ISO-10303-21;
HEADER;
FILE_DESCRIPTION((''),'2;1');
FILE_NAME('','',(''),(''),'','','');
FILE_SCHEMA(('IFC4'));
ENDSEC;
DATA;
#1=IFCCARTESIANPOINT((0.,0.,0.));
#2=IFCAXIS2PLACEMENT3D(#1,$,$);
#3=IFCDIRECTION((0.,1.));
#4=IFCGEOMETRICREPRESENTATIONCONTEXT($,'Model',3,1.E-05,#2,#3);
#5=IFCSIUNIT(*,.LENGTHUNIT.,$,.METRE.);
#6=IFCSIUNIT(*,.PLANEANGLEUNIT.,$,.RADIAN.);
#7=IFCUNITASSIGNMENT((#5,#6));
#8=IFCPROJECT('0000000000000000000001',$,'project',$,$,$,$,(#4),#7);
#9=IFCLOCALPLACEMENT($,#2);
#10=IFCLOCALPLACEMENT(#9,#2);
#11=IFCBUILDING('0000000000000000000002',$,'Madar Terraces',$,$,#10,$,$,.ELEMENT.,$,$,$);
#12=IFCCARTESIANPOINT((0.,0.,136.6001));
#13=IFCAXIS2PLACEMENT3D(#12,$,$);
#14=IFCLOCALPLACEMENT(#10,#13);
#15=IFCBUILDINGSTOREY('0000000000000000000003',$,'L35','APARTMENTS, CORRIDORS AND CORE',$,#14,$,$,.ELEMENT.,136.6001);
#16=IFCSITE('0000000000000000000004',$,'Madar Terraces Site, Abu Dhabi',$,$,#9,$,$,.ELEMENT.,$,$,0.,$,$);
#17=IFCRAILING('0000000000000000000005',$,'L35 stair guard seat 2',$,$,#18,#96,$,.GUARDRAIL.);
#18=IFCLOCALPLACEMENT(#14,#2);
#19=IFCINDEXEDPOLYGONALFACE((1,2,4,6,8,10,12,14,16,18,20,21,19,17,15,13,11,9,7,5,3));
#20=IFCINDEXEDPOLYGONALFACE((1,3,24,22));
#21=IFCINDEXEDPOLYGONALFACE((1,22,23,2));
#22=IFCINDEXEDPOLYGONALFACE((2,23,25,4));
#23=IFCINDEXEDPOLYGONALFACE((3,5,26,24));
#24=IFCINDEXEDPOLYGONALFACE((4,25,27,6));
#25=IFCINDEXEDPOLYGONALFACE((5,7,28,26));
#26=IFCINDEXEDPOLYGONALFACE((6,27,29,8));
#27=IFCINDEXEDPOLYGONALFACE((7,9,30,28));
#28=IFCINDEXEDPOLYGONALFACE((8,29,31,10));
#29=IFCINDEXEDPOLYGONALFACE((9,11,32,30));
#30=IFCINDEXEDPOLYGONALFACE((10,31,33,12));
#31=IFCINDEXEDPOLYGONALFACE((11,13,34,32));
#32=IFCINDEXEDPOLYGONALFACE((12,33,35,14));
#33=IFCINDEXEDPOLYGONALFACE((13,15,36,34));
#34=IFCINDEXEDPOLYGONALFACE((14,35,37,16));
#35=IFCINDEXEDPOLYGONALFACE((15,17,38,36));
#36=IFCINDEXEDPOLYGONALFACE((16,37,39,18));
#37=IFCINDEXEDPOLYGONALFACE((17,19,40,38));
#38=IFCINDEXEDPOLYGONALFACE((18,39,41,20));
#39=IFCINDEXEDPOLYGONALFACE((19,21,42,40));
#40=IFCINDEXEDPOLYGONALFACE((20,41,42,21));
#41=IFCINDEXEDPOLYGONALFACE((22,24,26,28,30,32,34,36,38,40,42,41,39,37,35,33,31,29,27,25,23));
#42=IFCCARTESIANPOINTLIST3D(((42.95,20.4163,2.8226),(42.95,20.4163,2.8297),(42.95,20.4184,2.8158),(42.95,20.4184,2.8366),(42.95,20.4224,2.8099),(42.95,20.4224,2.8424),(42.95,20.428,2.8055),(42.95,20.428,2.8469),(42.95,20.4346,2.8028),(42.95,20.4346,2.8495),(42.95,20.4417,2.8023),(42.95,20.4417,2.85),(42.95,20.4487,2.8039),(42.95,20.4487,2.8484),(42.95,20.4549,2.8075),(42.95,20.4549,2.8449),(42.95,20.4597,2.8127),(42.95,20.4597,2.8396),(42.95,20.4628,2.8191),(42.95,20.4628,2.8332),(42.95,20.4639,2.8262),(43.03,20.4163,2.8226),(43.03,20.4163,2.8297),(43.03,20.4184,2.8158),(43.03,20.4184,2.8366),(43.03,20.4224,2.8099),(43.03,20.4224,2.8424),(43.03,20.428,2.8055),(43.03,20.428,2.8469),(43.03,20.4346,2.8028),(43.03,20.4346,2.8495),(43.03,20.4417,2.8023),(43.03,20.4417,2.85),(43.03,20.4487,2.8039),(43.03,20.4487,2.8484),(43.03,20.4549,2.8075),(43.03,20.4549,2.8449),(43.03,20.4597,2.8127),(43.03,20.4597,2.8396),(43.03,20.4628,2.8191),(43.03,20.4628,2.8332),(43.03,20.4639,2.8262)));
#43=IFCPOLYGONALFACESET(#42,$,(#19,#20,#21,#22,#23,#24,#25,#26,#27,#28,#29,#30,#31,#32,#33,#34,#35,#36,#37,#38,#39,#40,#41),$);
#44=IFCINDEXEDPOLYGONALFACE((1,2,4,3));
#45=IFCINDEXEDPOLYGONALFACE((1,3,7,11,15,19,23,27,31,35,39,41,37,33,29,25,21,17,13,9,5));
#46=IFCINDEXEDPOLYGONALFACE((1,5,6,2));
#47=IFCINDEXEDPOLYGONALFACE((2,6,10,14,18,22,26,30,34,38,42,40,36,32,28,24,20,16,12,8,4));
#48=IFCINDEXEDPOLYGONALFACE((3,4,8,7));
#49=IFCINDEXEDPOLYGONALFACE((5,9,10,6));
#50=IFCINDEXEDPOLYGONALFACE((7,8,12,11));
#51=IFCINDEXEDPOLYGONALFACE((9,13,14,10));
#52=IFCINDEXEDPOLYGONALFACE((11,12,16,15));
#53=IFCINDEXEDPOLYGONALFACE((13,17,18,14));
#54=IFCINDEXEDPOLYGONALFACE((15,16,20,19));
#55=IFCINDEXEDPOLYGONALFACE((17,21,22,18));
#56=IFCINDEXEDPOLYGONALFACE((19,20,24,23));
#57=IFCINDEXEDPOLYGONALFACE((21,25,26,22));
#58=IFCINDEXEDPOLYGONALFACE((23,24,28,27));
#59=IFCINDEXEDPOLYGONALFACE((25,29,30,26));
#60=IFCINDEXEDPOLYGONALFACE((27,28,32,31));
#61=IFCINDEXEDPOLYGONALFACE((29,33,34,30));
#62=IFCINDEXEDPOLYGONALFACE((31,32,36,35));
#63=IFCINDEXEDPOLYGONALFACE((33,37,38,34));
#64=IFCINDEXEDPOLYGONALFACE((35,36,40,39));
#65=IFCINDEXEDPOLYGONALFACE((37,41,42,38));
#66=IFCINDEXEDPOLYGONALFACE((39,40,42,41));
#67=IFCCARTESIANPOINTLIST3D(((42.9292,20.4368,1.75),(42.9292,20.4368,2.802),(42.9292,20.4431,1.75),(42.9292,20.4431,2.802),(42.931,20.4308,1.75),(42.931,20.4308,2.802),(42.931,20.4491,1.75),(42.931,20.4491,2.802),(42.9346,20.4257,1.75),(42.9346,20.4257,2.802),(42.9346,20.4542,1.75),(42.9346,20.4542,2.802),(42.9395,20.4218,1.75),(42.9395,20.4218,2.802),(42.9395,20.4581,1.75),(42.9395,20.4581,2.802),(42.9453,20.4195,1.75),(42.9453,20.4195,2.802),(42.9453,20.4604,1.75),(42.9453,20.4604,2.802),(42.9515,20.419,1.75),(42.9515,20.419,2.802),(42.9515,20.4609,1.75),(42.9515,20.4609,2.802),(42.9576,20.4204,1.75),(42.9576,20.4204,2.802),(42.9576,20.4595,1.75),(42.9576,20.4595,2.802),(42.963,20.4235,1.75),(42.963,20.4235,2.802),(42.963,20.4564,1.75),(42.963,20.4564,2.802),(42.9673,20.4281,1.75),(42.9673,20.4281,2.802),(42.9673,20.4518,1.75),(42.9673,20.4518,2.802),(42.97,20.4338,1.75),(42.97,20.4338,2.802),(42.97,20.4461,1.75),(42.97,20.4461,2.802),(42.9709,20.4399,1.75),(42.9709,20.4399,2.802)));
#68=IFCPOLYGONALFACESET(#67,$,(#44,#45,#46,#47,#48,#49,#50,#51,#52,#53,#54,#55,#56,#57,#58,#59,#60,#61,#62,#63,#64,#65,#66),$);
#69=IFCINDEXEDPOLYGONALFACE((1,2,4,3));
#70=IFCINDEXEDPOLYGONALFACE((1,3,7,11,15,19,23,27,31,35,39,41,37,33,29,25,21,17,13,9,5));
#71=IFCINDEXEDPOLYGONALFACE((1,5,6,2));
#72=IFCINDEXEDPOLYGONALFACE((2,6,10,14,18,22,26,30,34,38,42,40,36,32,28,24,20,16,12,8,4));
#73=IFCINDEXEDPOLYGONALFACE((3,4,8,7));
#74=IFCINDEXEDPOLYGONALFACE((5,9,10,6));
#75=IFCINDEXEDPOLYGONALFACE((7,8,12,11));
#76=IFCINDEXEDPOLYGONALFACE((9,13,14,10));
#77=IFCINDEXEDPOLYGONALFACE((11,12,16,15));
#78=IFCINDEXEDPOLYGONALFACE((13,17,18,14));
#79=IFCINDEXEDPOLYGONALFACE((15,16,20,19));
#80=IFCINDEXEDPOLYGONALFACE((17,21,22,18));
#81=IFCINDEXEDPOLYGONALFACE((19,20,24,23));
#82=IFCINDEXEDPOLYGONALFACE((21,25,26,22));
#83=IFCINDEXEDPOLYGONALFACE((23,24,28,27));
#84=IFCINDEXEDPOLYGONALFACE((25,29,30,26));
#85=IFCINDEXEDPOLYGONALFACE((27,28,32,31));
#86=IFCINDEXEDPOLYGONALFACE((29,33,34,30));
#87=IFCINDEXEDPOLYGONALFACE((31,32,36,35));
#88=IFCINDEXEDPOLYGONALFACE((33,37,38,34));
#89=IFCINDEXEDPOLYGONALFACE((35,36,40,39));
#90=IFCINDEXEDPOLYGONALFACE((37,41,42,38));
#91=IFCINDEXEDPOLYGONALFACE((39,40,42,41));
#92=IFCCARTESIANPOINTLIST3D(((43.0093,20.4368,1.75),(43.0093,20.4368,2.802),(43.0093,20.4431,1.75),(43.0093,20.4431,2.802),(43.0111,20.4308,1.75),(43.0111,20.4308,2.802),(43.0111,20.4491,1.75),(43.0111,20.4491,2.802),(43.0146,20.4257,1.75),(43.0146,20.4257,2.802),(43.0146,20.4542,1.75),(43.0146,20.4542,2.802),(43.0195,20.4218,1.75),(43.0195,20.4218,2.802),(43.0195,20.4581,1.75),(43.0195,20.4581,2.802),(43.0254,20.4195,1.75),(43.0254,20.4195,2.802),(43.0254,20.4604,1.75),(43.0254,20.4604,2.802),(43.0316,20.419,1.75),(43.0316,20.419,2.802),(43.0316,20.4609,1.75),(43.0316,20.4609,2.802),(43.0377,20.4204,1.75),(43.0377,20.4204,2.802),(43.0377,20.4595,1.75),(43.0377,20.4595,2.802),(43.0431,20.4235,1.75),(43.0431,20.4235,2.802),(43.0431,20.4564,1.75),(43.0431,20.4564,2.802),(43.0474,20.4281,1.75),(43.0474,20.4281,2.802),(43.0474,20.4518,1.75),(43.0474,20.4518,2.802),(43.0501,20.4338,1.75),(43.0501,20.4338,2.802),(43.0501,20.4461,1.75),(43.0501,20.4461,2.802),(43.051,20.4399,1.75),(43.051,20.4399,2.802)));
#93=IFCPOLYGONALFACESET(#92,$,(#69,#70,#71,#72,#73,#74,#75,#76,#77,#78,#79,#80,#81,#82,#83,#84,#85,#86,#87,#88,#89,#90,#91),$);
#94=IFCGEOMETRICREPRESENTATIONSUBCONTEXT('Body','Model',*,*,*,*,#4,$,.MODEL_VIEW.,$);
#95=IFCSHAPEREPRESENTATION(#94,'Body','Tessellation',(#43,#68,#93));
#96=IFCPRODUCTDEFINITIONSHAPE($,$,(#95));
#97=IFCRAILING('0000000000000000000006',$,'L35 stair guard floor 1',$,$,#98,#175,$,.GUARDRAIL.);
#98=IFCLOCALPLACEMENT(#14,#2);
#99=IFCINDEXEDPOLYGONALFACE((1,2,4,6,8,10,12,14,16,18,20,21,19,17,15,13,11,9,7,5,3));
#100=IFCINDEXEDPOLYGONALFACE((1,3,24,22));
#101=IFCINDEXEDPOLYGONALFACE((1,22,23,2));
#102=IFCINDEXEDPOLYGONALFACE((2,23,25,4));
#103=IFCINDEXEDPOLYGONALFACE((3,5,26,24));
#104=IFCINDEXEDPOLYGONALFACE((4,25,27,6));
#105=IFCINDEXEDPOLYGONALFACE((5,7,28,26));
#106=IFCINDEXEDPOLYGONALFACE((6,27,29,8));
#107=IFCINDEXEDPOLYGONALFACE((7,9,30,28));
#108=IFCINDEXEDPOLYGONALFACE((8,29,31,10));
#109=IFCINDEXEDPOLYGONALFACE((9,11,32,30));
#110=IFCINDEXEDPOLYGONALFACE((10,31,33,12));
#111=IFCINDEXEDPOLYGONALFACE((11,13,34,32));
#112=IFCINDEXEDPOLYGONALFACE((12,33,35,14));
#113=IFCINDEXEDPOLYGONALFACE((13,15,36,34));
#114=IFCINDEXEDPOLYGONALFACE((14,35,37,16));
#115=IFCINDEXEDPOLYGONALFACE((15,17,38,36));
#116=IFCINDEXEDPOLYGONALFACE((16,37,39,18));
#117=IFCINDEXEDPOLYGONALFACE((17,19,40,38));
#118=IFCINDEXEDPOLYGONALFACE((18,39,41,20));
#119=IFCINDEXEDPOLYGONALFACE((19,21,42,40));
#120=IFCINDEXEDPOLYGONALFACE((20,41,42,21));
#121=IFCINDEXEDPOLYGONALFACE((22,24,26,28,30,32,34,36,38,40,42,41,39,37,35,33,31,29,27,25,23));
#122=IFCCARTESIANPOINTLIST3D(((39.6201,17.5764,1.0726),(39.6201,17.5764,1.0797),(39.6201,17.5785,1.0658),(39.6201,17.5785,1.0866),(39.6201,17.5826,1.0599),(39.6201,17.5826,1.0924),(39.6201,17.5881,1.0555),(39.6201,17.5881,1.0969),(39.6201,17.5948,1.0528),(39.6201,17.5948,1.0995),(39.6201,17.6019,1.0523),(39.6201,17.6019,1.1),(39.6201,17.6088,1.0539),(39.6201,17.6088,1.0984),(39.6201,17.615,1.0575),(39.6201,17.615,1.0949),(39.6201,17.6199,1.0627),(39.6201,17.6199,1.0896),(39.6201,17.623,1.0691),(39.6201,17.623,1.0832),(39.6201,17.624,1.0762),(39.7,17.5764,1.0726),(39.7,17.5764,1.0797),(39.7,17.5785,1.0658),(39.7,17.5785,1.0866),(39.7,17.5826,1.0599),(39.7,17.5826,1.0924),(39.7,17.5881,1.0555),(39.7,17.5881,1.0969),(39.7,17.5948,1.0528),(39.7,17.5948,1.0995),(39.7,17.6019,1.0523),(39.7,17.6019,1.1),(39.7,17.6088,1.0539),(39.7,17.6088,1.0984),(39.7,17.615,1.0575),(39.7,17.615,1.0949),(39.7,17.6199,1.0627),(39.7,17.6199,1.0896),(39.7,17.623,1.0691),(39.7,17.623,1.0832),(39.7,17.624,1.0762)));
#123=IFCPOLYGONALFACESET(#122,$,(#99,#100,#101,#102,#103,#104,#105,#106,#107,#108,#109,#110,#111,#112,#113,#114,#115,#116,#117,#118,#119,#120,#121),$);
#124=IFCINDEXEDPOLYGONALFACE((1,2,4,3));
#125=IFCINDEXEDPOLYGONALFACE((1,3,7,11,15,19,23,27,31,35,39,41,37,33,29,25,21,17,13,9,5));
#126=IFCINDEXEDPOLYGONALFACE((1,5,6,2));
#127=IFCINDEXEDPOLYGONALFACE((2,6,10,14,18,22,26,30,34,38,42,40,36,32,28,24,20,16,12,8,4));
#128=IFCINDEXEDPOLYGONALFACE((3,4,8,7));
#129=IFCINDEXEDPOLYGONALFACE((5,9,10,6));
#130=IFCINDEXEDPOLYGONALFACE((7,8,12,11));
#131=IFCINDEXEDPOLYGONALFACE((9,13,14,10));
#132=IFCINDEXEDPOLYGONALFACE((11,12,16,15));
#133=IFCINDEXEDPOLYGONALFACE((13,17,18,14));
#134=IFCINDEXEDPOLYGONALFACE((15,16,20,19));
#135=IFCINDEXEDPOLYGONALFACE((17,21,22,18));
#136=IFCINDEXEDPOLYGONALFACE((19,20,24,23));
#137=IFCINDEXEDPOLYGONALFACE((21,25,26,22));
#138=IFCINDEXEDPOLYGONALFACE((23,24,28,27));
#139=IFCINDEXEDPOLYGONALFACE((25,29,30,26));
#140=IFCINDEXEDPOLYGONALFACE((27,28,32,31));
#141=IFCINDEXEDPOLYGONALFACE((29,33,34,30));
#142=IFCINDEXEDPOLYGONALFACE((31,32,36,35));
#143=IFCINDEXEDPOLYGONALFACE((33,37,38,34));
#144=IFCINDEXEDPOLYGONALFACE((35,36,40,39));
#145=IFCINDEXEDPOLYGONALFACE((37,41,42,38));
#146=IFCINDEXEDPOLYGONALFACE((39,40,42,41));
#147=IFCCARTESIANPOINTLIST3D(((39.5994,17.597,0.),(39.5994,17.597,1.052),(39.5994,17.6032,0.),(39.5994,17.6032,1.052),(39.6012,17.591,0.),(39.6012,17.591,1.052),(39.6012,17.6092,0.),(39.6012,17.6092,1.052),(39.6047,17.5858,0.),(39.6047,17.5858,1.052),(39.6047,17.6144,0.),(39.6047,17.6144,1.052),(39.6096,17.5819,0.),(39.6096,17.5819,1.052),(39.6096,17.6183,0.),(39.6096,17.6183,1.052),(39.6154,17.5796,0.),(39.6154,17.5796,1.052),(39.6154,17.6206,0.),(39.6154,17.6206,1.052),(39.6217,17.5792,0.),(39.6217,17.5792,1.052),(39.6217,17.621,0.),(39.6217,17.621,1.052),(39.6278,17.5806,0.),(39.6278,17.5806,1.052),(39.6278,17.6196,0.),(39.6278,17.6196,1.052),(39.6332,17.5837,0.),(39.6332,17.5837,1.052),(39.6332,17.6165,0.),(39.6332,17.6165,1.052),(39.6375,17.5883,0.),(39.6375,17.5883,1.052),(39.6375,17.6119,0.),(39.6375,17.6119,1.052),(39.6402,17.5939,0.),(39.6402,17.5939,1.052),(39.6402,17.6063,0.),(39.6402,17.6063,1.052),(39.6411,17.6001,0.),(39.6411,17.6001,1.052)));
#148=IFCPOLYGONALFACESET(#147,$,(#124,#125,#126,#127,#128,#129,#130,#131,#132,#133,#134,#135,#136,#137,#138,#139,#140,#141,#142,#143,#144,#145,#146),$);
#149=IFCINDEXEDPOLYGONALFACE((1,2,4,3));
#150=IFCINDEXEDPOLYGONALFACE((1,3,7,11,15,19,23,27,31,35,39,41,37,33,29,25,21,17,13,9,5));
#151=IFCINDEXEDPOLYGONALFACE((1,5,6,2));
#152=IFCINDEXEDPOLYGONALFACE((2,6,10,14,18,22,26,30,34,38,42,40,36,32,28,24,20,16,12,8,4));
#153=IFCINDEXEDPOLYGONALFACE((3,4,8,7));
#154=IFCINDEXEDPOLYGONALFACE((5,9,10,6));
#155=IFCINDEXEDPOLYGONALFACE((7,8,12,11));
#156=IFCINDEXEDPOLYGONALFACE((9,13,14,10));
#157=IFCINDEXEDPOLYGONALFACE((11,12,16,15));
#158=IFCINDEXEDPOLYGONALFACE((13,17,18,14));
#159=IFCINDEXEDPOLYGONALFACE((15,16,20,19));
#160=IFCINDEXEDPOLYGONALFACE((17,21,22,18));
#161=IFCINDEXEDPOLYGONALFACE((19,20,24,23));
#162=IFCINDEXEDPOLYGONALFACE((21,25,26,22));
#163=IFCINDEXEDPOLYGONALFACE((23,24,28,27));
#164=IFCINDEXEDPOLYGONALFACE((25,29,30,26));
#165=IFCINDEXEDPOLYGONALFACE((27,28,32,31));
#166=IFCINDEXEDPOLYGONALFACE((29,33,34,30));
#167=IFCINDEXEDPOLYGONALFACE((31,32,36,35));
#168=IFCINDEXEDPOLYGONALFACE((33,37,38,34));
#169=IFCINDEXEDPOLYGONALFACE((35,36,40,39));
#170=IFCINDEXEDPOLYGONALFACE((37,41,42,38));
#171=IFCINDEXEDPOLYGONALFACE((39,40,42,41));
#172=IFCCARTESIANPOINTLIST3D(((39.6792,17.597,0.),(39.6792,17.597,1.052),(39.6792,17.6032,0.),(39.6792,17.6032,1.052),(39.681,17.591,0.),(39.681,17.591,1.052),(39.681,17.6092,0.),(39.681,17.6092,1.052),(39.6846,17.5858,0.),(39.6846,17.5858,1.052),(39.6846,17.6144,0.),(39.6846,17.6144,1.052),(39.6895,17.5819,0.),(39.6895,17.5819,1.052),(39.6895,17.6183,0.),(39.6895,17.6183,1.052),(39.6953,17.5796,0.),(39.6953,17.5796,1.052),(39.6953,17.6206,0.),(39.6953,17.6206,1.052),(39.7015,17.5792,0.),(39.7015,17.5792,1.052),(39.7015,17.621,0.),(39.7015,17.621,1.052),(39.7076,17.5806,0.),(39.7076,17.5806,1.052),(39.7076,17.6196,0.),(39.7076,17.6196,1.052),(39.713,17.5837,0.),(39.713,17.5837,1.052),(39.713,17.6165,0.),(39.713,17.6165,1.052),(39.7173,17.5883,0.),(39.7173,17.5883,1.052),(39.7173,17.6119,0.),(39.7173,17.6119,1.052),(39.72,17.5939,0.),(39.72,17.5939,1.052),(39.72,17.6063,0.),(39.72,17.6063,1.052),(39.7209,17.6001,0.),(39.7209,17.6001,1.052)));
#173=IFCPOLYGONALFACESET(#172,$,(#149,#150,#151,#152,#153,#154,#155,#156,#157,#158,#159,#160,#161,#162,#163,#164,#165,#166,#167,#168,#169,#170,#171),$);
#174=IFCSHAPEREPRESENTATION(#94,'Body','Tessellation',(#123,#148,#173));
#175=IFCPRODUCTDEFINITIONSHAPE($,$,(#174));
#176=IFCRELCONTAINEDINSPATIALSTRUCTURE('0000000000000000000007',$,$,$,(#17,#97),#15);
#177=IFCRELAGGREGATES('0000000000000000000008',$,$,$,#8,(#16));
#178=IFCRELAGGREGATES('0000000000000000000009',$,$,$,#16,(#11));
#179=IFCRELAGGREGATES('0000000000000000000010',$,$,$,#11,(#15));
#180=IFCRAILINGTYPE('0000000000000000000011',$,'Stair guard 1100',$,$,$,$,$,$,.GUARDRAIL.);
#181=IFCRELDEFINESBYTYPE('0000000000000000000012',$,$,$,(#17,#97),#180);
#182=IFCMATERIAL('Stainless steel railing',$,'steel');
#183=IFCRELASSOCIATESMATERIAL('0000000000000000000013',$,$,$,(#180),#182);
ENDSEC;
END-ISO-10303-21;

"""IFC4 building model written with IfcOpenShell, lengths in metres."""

from ifc_helpers import new_model, si_unit, direction, frame, origin, origin_2d, place, context, subcontext, project, spatial, circle, extrude, material, type_object, element, save


model = new_model("IFC4")

# Units and contexts
model_context = context("Model", 3, precision=1e-05, world=origin(), true_north=direction((0.0, 1.0)))
body_context = subcontext(model_context, "Body", "Model", "MODEL_VIEW")
ifc_project = project(units=[si_unit("LENGTHUNIT", "METRE"), si_unit("PLANEANGLEUNIT", "RADIAN")], contexts=[model_context])

# Site, building, storey
site_placement = place(None, origin())
site = spatial("IfcSite", under=ifc_project, at=site_placement, Name="Madar Terraces Site, Abu Dhabi", CompositionType="ELEMENT", RefElevation=0.0)
building_placement = place(site_placement, origin())
building = spatial("IfcBuilding", under=site, at=building_placement, Name="Madar Terraces", CompositionType="ELEMENT")
storey_placement = place(building_placement, frame((0.0, 0.0, 136.6001)))
storey = spatial("IfcBuildingStorey", under=building, at=storey_placement, Name="L35", Description="APARTMENTS, CORRIDORS AND CORE", CompositionType="ELEMENT", Elevation=136.6001)

# Railings
ifc_material_1 = material(Name="Stainless steel railing", Category="steel")
railing_type_1 = type_object("IfcRailingType", Name="Stair guard 1100", PredefinedType="GUARDRAIL", material=ifc_material_1)
railing_1_placement = place(storey_placement, frame((42.95, 20.4399, 1.75)))
element("IfcRailing", 1, at=railing_1_placement, inside=storey, type_object=railing_type_1, Name="L35 stair guard seat 2", PredefinedType="GUARDRAIL", context=body_context, shape_type="SweptSolid", body=[
    extrude(circle(Radius=0.0239, at=origin_2d()), frame((0.0, 0.0, 1.0762), z_axis=(1.0, 0.0, 0.0), x_axis=(0.0, 1.0, 0.0)), (0.0, 0.0, 1.0), 0.0801),
    extrude(circle(Radius=0.021, at=origin_2d()), origin(), (0.0, 0.0, 1.0), 1.052),
    extrude(circle(Radius=0.021, at=origin_2d()), frame((0.0801, 0.0, 0.0)), (0.0, 0.0, 1.0), 1.052),
])
railing_2_placement = place(storey_placement, frame((39.6201, 17.6001, 0.0)))
element("IfcRailing", 2, at=railing_2_placement, inside=storey, type_object=railing_type_1, Name="L35 stair guard floor 1", PredefinedType="GUARDRAIL", context=body_context, shape_type="SweptSolid", body=[
    extrude(circle(Radius=0.0239, at=origin_2d()), frame((0.0, 0.0, 1.0762), z_axis=(1.0, 0.0, 0.0), x_axis=(0.0, 1.0, 0.0)), (0.0, 0.0, 1.0), 0.0798),
    extrude(circle(Radius=0.021, at=origin_2d()), origin(), (0.0, 0.0, 1.0), 1.052),
    extrude(circle(Radius=0.021, at=origin_2d()), frame((0.0798, 0.0, 0.0)), (0.0, 0.0, 1.0), 1.052),
])

save(model, "model.ifc")
